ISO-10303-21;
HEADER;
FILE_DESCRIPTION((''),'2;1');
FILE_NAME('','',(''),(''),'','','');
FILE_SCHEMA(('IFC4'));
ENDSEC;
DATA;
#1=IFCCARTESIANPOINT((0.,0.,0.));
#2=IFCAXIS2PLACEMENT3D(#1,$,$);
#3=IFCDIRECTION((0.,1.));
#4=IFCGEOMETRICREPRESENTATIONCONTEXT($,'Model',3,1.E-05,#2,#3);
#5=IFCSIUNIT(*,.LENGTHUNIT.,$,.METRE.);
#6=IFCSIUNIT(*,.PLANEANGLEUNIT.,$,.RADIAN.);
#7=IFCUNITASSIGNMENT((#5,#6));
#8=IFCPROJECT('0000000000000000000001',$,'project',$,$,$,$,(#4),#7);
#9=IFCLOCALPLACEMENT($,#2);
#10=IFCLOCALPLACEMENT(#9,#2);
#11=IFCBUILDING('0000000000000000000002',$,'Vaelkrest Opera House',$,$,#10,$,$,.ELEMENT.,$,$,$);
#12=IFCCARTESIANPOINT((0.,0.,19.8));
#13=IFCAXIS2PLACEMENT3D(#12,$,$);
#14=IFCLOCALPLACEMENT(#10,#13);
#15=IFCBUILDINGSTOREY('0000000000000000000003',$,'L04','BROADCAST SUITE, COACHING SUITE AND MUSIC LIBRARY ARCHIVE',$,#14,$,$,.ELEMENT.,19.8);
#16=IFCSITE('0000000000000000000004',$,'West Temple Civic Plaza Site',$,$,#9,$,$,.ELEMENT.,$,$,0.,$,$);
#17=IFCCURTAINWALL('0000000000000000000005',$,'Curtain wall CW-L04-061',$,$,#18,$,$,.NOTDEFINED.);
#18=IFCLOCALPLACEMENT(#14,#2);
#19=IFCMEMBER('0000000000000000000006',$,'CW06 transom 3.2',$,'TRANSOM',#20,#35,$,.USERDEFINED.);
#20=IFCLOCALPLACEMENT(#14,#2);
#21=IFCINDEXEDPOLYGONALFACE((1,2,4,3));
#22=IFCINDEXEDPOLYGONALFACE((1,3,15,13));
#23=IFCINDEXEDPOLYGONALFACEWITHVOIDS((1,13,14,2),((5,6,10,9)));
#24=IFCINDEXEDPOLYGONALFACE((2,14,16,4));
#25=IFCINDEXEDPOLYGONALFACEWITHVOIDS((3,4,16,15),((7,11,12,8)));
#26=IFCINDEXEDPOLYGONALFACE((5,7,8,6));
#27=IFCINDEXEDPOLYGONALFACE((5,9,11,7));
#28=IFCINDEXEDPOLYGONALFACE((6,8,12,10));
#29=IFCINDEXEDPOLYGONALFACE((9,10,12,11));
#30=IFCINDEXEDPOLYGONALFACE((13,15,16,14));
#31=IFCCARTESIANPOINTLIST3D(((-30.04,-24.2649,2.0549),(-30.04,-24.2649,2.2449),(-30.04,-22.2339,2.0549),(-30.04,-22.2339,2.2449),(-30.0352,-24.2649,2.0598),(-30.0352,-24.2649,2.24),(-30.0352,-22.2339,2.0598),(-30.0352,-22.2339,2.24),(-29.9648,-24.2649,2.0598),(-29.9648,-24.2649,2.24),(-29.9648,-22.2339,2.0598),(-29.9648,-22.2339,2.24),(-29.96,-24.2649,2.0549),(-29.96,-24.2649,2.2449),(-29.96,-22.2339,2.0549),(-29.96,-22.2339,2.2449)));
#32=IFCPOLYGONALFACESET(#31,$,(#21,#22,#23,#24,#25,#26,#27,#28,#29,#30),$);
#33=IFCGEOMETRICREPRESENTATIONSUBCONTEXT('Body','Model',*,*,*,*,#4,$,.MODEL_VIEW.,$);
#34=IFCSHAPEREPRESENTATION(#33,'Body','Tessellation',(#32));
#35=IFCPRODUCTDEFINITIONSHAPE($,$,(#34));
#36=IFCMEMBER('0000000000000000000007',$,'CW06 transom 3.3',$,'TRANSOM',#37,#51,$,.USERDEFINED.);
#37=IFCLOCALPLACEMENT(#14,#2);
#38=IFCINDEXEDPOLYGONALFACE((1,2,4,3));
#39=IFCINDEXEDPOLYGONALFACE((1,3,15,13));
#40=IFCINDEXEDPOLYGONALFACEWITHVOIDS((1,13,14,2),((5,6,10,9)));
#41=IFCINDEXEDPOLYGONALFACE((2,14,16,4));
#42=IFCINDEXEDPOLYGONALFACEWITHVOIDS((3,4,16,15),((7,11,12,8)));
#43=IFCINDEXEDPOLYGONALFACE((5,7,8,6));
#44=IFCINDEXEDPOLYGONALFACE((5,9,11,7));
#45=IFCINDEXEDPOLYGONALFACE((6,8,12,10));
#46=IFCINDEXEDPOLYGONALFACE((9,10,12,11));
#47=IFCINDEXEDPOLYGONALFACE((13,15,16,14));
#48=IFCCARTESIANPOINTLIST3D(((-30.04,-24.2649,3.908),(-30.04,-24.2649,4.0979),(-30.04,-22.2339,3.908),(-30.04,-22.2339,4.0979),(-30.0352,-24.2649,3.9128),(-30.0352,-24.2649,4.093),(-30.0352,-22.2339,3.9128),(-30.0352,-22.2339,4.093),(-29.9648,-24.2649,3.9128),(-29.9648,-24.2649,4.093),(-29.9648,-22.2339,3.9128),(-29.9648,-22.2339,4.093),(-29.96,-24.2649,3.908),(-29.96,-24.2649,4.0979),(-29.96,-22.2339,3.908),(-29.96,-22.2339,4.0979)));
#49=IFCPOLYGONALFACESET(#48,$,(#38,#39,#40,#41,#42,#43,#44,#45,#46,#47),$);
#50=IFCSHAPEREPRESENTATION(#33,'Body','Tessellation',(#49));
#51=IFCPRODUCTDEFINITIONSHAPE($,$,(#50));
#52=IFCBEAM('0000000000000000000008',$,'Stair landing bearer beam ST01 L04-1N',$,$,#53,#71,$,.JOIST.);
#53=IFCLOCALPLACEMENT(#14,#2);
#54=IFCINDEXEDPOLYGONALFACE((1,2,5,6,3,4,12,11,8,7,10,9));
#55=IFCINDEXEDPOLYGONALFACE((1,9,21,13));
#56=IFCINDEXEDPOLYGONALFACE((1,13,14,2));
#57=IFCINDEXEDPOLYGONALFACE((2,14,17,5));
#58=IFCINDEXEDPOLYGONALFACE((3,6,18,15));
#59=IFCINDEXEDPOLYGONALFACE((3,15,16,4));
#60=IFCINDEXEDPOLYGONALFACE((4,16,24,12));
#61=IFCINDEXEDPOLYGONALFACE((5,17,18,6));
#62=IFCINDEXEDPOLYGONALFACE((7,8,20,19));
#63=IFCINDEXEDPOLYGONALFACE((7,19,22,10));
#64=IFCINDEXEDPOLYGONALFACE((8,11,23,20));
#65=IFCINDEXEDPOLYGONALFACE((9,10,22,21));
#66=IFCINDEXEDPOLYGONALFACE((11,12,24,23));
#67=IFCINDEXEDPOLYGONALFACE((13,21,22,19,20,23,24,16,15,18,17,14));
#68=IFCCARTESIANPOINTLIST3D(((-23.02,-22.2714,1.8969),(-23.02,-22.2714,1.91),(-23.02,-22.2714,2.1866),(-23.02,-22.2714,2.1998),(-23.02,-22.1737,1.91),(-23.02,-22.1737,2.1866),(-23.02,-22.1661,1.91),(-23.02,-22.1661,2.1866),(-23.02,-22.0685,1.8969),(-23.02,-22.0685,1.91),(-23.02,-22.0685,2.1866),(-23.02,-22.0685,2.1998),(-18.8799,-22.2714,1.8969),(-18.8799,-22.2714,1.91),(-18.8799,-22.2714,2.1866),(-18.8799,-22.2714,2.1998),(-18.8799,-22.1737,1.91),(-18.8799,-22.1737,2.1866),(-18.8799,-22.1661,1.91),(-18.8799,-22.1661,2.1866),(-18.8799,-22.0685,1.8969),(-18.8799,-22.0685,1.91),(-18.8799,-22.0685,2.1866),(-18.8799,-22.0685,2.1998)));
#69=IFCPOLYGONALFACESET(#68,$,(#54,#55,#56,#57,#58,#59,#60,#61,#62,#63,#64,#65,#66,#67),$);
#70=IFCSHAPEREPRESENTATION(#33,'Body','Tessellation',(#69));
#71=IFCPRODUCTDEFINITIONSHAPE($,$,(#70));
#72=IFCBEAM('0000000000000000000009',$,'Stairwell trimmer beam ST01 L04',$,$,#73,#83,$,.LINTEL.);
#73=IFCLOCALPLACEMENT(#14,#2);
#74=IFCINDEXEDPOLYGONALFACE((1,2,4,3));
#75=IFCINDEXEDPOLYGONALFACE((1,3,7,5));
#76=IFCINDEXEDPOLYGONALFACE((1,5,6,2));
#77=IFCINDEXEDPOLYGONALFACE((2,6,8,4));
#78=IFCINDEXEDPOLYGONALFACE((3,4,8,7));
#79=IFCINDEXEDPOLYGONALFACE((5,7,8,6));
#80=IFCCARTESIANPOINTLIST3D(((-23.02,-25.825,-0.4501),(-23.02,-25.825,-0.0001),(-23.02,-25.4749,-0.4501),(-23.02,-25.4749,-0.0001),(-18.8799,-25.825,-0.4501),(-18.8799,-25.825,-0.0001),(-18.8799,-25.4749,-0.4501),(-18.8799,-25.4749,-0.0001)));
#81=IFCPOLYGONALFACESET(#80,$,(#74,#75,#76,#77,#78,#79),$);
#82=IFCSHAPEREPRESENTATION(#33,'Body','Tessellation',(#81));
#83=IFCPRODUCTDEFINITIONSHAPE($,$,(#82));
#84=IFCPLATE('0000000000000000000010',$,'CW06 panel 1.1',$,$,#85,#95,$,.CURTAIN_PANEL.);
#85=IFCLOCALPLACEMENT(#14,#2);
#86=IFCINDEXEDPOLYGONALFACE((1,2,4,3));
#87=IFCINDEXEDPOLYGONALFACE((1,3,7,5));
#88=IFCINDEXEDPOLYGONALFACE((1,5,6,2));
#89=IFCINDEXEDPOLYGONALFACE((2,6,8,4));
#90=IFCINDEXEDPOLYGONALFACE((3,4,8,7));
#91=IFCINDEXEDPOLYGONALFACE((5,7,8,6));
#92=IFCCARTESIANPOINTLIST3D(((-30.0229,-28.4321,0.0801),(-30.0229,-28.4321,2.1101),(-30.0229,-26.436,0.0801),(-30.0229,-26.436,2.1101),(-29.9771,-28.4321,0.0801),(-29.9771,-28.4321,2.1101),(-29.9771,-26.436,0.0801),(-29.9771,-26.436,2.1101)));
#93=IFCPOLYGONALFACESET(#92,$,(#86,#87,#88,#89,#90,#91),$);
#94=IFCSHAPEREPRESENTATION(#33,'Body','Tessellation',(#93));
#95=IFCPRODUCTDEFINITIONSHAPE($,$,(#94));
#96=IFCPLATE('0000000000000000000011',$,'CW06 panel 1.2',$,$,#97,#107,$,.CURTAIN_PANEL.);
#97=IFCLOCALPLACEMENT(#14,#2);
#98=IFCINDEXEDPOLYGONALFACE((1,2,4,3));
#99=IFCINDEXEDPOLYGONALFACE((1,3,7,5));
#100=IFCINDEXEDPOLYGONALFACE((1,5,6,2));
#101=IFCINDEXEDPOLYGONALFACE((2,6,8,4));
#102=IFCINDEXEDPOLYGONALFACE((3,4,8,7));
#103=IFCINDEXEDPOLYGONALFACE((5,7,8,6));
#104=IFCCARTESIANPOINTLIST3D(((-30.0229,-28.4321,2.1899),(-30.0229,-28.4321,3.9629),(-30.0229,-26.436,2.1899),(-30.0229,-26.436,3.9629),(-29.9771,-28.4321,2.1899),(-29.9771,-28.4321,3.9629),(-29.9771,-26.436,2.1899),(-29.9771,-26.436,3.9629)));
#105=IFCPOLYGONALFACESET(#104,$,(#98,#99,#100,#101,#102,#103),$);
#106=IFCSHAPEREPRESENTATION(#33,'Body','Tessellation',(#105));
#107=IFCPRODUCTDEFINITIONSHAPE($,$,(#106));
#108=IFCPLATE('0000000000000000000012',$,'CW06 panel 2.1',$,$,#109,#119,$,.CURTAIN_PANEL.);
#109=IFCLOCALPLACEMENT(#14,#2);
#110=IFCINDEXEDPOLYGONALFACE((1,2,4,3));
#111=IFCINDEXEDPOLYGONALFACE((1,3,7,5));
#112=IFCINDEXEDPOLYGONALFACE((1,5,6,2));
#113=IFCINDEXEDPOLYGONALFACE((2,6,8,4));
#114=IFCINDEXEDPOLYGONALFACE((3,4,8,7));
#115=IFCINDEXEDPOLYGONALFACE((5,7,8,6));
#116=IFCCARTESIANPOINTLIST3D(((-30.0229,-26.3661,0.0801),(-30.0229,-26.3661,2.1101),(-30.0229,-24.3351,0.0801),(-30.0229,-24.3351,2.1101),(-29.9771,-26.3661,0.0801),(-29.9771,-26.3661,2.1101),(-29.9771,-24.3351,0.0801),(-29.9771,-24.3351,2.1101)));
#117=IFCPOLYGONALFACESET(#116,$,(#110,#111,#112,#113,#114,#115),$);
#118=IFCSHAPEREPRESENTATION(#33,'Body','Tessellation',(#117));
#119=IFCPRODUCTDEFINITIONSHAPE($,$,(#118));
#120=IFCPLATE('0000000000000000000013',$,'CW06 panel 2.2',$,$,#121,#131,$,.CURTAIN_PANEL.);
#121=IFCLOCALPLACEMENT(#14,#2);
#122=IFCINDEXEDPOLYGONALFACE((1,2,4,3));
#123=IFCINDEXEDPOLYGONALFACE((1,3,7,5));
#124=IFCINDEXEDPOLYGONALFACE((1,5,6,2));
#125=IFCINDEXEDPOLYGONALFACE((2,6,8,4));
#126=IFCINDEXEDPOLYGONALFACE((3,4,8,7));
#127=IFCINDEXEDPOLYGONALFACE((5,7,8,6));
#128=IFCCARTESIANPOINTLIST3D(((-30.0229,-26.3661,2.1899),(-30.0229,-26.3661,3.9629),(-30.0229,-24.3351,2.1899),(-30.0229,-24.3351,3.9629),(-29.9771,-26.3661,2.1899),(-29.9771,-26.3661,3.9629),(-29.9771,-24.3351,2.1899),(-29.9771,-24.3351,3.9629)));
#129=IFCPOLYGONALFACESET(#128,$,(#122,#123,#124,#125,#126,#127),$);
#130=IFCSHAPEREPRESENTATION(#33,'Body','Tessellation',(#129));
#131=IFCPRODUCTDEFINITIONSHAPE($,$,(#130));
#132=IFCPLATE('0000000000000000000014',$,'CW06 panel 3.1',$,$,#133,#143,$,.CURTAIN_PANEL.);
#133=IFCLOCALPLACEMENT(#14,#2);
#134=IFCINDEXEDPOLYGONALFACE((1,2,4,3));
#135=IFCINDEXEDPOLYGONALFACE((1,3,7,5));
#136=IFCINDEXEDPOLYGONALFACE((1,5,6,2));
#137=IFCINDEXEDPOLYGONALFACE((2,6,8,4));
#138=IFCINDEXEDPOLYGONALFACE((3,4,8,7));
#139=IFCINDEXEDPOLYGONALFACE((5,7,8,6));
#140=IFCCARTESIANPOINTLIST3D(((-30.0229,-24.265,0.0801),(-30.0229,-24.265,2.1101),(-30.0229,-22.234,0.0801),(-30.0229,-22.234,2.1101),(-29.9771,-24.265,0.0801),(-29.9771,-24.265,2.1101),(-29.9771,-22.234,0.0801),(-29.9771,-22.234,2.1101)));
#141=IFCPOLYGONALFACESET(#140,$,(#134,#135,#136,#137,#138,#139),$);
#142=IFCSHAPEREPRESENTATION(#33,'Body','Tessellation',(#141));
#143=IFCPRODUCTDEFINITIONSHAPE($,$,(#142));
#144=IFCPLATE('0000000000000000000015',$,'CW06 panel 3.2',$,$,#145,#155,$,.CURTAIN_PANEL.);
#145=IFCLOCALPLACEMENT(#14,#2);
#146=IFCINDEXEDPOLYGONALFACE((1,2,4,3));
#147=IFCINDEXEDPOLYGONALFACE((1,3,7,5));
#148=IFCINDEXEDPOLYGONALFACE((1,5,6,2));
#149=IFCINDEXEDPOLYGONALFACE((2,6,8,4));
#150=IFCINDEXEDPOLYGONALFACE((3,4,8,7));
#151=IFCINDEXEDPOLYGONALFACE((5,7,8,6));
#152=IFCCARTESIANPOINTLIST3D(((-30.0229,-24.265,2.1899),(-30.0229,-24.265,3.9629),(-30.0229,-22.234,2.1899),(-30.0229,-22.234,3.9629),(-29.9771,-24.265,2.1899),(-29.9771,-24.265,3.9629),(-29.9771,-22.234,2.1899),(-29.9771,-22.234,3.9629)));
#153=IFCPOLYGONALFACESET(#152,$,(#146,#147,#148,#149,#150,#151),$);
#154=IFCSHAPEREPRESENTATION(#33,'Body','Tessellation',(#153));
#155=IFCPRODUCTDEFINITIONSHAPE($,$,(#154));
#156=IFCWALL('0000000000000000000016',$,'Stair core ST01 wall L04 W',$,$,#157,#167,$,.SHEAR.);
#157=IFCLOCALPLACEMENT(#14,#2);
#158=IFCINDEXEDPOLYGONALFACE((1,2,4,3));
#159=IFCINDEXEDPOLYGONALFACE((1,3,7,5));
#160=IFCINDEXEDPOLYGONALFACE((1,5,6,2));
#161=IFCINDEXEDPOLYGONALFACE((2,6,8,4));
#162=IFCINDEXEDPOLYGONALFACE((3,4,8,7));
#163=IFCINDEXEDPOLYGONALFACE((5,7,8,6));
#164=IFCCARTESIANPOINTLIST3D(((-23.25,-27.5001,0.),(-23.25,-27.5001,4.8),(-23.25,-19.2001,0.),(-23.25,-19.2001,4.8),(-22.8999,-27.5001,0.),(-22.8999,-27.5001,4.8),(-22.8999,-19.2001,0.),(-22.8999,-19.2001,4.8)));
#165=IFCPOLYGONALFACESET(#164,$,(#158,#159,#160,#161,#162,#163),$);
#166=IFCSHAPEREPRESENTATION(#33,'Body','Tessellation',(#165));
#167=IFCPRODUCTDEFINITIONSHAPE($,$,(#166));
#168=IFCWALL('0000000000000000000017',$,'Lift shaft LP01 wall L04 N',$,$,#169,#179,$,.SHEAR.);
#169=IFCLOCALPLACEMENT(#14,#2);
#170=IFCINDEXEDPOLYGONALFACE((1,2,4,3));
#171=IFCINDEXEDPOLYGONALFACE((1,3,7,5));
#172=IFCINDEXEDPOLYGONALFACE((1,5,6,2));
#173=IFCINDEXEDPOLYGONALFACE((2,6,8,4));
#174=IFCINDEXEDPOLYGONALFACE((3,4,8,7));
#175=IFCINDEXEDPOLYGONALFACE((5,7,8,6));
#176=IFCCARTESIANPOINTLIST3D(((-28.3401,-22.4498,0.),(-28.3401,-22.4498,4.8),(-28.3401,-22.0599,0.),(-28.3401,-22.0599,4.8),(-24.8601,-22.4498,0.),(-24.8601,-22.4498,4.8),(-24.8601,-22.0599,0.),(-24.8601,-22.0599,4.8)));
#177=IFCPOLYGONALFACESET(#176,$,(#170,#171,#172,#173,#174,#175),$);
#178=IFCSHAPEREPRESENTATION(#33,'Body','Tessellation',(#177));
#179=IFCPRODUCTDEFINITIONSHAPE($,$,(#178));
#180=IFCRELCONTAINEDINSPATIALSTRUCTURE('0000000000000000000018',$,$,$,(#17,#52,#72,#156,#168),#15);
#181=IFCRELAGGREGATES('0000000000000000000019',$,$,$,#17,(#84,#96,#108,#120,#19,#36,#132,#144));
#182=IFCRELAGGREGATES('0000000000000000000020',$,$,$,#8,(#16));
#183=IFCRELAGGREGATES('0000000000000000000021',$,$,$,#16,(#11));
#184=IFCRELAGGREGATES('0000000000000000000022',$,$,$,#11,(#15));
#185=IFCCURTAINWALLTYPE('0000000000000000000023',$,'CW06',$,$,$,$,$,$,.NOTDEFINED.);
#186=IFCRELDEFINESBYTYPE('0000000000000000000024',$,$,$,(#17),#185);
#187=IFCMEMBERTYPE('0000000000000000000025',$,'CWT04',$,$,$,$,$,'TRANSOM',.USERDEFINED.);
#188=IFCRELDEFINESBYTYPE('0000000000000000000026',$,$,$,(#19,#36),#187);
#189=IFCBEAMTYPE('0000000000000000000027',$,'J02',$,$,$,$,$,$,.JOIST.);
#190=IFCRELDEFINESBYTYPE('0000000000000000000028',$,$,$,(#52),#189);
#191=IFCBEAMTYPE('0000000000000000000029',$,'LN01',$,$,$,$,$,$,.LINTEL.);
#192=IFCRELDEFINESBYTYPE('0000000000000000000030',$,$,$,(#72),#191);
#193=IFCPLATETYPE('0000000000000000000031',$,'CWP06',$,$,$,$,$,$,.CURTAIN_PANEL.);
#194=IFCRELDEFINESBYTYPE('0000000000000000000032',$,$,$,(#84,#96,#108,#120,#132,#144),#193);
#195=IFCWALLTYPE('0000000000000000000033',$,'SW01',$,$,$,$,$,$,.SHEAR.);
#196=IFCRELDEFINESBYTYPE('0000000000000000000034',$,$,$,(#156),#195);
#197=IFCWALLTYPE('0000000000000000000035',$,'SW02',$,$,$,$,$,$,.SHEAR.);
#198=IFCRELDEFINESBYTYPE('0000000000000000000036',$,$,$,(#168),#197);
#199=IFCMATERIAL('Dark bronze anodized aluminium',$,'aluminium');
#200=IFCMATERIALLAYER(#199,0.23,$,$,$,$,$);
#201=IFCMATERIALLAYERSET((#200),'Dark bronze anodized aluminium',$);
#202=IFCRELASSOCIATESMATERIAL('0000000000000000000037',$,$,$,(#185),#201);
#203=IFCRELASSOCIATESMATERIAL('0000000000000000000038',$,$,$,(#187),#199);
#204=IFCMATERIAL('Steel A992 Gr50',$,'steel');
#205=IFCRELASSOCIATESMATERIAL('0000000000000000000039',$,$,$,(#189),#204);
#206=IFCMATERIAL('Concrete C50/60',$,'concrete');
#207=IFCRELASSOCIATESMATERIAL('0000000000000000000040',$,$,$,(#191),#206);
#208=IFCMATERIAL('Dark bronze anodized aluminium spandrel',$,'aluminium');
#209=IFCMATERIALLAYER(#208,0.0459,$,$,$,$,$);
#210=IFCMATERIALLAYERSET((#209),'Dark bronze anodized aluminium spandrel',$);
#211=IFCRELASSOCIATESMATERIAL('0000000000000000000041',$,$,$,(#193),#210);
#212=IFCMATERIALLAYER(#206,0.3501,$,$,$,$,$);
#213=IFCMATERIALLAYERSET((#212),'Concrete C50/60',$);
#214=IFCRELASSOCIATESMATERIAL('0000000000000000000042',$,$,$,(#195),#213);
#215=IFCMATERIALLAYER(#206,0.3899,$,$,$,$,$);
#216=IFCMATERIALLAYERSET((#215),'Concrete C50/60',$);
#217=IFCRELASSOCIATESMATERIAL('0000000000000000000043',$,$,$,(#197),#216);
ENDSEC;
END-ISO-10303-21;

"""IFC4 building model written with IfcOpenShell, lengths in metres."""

from ifc_helpers import new_model, si_unit, direction, frame, frame_2d, origin, origin_2d, place, context, subcontext, project, spatial, rectangle, hollow_rectangle, i_section, extrude, material, layer, layer_set, material_profile, profile_set, type_object, element, aggregate, save


model = new_model("IFC4")

# Units and contexts
model_context = context("Model", 3, precision=1e-05, world=origin(), true_north=direction((0.0, 1.0)))
body_context = subcontext(model_context, "Body", "Model", "MODEL_VIEW")
ifc_project = project(units=[si_unit("LENGTHUNIT", "METRE"), si_unit("PLANEANGLEUNIT", "RADIAN")], contexts=[model_context])

# Site, building, storey
site_placement = place(None, origin())
site = spatial("IfcSite", under=ifc_project, at=site_placement, Name="West Temple Civic Plaza Site", CompositionType="ELEMENT", RefElevation=0.0)
building_placement = place(site_placement, origin())
building = spatial("IfcBuilding", under=site, at=building_placement, Name="Vaelkrest Opera House", CompositionType="ELEMENT")
storey_placement = place(building_placement, frame((0.0, 0.0, 19.8)))
storey = spatial("IfcBuildingStorey", under=building, at=storey_placement, Name="L04", Description="BROADCAST SUITE, COACHING SUITE AND MUSIC LIBRARY ARCHIVE", CompositionType="ELEMENT", Elevation=19.8)

# Curtain wall, members
ifc_material_1 = material(Name="Dark bronze anodized aluminium", Category="aluminium")
ifc_layer_1 = layer(ifc_material_1, 0.23)
ifc_layer_set_1 = layer_set([ifc_layer_1], Name="Dark bronze anodized aluminium")
curtain_wall_type = type_object("IfcCurtainWallType", Name="CW06", PredefinedType="NOTDEFINED", material=ifc_layer_set_1)
curtain_wall_placement = place(storey_placement, origin())
curtain_wall = element("IfcCurtainWall", 1, at=curtain_wall_placement, inside=storey, type_object=curtain_wall_type, Name="Curtain wall CW-L04-061", PredefinedType="NOTDEFINED")
ifc_material_profile_1 = material_profile(ifc_material_1, hollow_rectangle(XDim=0.0801, YDim=0.1899, WallThickness=0.0049, at=origin_2d()), Name="CWT80X190")
ifc_profile_set_1 = profile_set([ifc_material_profile_1], Name="Dark bronze anodized aluminium")
member_type_1 = type_object("IfcMemberType", Name="CWT04", ElementType="TRANSOM", PredefinedType="USERDEFINED", material=ifc_profile_set_1)
member_1_placement = place(storey_placement, frame((-30.0, -24.2649, 2.1499), z_axis=(0.0, 1.0, 0.0), x_axis=(-1.0, 0.0, 0.0)))
member_1 = element("IfcMember", 2, at=member_1_placement, type_object=member_type_1, Name="CW06 transom 3.2", ObjectType="TRANSOM", PredefinedType="USERDEFINED", context=body_context, shape_type="SweptSolid", body=[
    extrude(hollow_rectangle(XDim=0.0801, YDim=0.1899, WallThickness=0.0049, at=origin_2d()), origin(), (0.0, 0.0, 1.0), 2.031),
])
member_2_placement = place(storey_placement, frame((-30.0, -24.2649, 4.0029), z_axis=(0.0, 1.0, 0.0), x_axis=(-1.0, 0.0, 0.0)))
member_2 = element("IfcMember", 3, at=member_2_placement, type_object=member_type_1, Name="CW06 transom 3.3", ObjectType="TRANSOM", PredefinedType="USERDEFINED", context=body_context, shape_type="SweptSolid", body=[
    extrude(hollow_rectangle(XDim=0.0801, YDim=0.1899, WallThickness=0.0049, at=origin_2d()), origin(), (0.0, 0.0, 1.0), 2.031),
])

# Beams
ifc_material_2 = material(Name="Steel A992 Gr50", Category="steel")
ifc_material_profile_2 = material_profile(ifc_material_2, i_section(OverallWidth=0.2029, OverallDepth=0.303, WebThickness=0.0076, FlangeThickness=0.0132, at=origin_2d()), Name="W12X40")
ifc_profile_set_2 = profile_set([ifc_material_profile_2], Name="Steel A992 Gr50")
beam_type_1 = type_object("IfcBeamType", Name="J02", PredefinedType="JOIST", material=ifc_profile_set_2)
beam_1_placement = place(storey_placement, frame((-23.02, -22.1699, 2.0483), z_axis=(1.0, 0.0, 0.0), x_axis=(0.0, 1.0, 0.0)))
element("IfcBeam", 4, at=beam_1_placement, inside=storey, type_object=beam_type_1, Name="Stair landing bearer beam ST01 L04-1N", PredefinedType="JOIST", context=body_context, shape_type="SweptSolid", body=[
    extrude(i_section(OverallWidth=0.2029, OverallDepth=0.303, WebThickness=0.0076, FlangeThickness=0.0132, at=origin_2d()), origin(), (0.0, 0.0, 1.0), 4.1401),
])
ifc_material_3 = material(Name="Concrete C50/60", Category="concrete")
ifc_material_profile_3 = material_profile(ifc_material_3, rectangle(XDim=0.3501, YDim=0.45, at=origin_2d()), Name="RCB350X450")
ifc_profile_set_3 = profile_set([ifc_material_profile_3], Name="Concrete C50/60")
beam_type_2 = type_object("IfcBeamType", Name="LN01", PredefinedType="LINTEL", material=ifc_profile_set_3)
beam_2_placement = place(storey_placement, frame((-23.02, -25.6499, -0.2251), z_axis=(1.0, 0.0, 0.0), x_axis=(0.0, 1.0, 0.0)))
element("IfcBeam", 5, at=beam_2_placement, inside=storey, type_object=beam_type_2, Name="Stairwell trimmer beam ST01 L04", PredefinedType="LINTEL", context=body_context, shape_type="SweptSolid", body=[
    extrude(rectangle(XDim=0.3501, YDim=0.45, at=origin_2d()), origin(), (0.0, 0.0, 1.0), 4.1401),
])

# Plates
ifc_material_4 = material(Name="Dark bronze anodized aluminium spandrel", Category="aluminium")
ifc_layer_2 = layer(ifc_material_4, 0.0459)
ifc_layer_set_2 = layer_set([ifc_layer_2], Name="Dark bronze anodized aluminium spandrel")
plate_type = type_object("IfcPlateType", Name="CWP06", PredefinedType="CURTAIN_PANEL", material=ifc_layer_set_2)
plate_1_placement = place(storey_placement, frame((-30.0, -27.4341, 0.0801), z_axis=(0.0, 0.0, 1.0), x_axis=(0.0, 1.0, 0.0)))
plate_1 = element("IfcPlate", 6, at=plate_1_placement, type_object=plate_type, Name="CW06 panel 1.1", PredefinedType="CURTAIN_PANEL", context=body_context, shape_type="SweptSolid", body=[
    extrude(rectangle(XDim=1.9961, YDim=0.0459, at=origin_2d()), origin(), (0.0, 0.0, 1.0), 2.03),
])
plate_2_placement = place(storey_placement, frame((-30.0, -27.4341, 2.1899), z_axis=(0.0, 0.0, 1.0), x_axis=(0.0, 1.0, 0.0)))
plate_2 = element("IfcPlate", 7, at=plate_2_placement, type_object=plate_type, Name="CW06 panel 1.2", PredefinedType="CURTAIN_PANEL", context=body_context, shape_type="SweptSolid", body=[
    extrude(rectangle(XDim=1.9961, YDim=0.0459, at=origin_2d()), origin(), (0.0, 0.0, 1.0), 1.7729),
])
plate_3_placement = place(storey_placement, frame((-30.0, -25.3506, 0.0801), z_axis=(0.0, 0.0, 1.0), x_axis=(0.0, 1.0, 0.0)))
plate_3 = element("IfcPlate", 8, at=plate_3_placement, type_object=plate_type, Name="CW06 panel 2.1", PredefinedType="CURTAIN_PANEL", context=body_context, shape_type="SweptSolid", body=[
    extrude(rectangle(XDim=2.031, YDim=0.0459, at=origin_2d()), origin(), (0.0, 0.0, 1.0), 2.03),
])
plate_4_placement = place(storey_placement, frame((-30.0, -25.3506, 2.1899), z_axis=(0.0, 0.0, 1.0), x_axis=(0.0, 1.0, 0.0)))
plate_4 = element("IfcPlate", 9, at=plate_4_placement, type_object=plate_type, Name="CW06 panel 2.2", PredefinedType="CURTAIN_PANEL", context=body_context, shape_type="SweptSolid", body=[
    extrude(rectangle(XDim=2.031, YDim=0.0459, at=origin_2d()), origin(), (0.0, 0.0, 1.0), 1.7729),
])
plate_5_placement = place(storey_placement, frame((-30.0, -23.2495, 0.0801), z_axis=(0.0, 0.0, 1.0), x_axis=(0.0, 1.0, 0.0)))
plate_5 = element("IfcPlate", 10, at=plate_5_placement, type_object=plate_type, Name="CW06 panel 3.1", PredefinedType="CURTAIN_PANEL", context=body_context, shape_type="SweptSolid", body=[
    extrude(rectangle(XDim=2.031, YDim=0.0459, at=origin_2d()), origin(), (0.0, 0.0, 1.0), 2.03),
])
plate_6_placement = place(storey_placement, frame((-30.0, -23.2495, 2.1899), z_axis=(0.0, 0.0, 1.0), x_axis=(0.0, 1.0, 0.0)))
plate_6 = element("IfcPlate", 11, at=plate_6_placement, type_object=plate_type, Name="CW06 panel 3.2", PredefinedType="CURTAIN_PANEL", context=body_context, shape_type="SweptSolid", body=[
    extrude(rectangle(XDim=2.031, YDim=0.0459, at=origin_2d()), origin(), (0.0, 0.0, 1.0), 1.7729),
])
aggregate(curtain_wall, [plate_1, plate_2, plate_3, plate_4, member_1, member_2, plate_5, plate_6])

# Shared definitions
ifc_layer_3 = layer(ifc_material_3, 0.3501)
ifc_layer_set_3 = layer_set([ifc_layer_3], Name="Concrete C50/60")
wall_type_1 = type_object("IfcWallType", Name="SW01", PredefinedType="SHEAR", material=ifc_layer_set_3)

# Wall
wall_1_placement = place(storey_placement, frame((-23.075, -27.5, 0.0), z_axis=(0.0, 0.0, 1.0), x_axis=(0.0, 1.0, 0.0)))
element("IfcWall", 12, at=wall_1_placement, inside=storey, type_object=wall_type_1, Name="Stair core ST01 wall L04 W", PredefinedType="SHEAR", context=body_context, shape_type="SweptSolid", body=[
    extrude(rectangle(XDim=8.3, YDim=0.3501, at=frame_2d((4.1499, 0.0))), origin(), (0.0, 0.0, 1.0), 4.8),
])

# Shared definitions
ifc_layer_4 = layer(ifc_material_3, 0.3899)
ifc_layer_set_4 = layer_set([ifc_layer_4], Name="Concrete C50/60")
wall_type_2 = type_object("IfcWallType", Name="SW02", PredefinedType="SHEAR", material=ifc_layer_set_4)

# Wall
wall_2_placement = place(storey_placement, frame((-28.3401, -22.2549, 0.0), z_axis=(0.0, 0.0, 1.0), x_axis=(1.0, 0.0, 0.0)))
element("IfcWall", 13, at=wall_2_placement, inside=storey, type_object=wall_type_2, Name="Lift shaft LP01 wall L04 N", PredefinedType="SHEAR", context=body_context, shape_type="SweptSolid", body=[
    extrude(rectangle(XDim=3.48, YDim=0.3899, at=frame_2d((1.74, 0.0))), origin(), (0.0, 0.0, 1.0), 4.8),
])

save(model, "model.ifc")
